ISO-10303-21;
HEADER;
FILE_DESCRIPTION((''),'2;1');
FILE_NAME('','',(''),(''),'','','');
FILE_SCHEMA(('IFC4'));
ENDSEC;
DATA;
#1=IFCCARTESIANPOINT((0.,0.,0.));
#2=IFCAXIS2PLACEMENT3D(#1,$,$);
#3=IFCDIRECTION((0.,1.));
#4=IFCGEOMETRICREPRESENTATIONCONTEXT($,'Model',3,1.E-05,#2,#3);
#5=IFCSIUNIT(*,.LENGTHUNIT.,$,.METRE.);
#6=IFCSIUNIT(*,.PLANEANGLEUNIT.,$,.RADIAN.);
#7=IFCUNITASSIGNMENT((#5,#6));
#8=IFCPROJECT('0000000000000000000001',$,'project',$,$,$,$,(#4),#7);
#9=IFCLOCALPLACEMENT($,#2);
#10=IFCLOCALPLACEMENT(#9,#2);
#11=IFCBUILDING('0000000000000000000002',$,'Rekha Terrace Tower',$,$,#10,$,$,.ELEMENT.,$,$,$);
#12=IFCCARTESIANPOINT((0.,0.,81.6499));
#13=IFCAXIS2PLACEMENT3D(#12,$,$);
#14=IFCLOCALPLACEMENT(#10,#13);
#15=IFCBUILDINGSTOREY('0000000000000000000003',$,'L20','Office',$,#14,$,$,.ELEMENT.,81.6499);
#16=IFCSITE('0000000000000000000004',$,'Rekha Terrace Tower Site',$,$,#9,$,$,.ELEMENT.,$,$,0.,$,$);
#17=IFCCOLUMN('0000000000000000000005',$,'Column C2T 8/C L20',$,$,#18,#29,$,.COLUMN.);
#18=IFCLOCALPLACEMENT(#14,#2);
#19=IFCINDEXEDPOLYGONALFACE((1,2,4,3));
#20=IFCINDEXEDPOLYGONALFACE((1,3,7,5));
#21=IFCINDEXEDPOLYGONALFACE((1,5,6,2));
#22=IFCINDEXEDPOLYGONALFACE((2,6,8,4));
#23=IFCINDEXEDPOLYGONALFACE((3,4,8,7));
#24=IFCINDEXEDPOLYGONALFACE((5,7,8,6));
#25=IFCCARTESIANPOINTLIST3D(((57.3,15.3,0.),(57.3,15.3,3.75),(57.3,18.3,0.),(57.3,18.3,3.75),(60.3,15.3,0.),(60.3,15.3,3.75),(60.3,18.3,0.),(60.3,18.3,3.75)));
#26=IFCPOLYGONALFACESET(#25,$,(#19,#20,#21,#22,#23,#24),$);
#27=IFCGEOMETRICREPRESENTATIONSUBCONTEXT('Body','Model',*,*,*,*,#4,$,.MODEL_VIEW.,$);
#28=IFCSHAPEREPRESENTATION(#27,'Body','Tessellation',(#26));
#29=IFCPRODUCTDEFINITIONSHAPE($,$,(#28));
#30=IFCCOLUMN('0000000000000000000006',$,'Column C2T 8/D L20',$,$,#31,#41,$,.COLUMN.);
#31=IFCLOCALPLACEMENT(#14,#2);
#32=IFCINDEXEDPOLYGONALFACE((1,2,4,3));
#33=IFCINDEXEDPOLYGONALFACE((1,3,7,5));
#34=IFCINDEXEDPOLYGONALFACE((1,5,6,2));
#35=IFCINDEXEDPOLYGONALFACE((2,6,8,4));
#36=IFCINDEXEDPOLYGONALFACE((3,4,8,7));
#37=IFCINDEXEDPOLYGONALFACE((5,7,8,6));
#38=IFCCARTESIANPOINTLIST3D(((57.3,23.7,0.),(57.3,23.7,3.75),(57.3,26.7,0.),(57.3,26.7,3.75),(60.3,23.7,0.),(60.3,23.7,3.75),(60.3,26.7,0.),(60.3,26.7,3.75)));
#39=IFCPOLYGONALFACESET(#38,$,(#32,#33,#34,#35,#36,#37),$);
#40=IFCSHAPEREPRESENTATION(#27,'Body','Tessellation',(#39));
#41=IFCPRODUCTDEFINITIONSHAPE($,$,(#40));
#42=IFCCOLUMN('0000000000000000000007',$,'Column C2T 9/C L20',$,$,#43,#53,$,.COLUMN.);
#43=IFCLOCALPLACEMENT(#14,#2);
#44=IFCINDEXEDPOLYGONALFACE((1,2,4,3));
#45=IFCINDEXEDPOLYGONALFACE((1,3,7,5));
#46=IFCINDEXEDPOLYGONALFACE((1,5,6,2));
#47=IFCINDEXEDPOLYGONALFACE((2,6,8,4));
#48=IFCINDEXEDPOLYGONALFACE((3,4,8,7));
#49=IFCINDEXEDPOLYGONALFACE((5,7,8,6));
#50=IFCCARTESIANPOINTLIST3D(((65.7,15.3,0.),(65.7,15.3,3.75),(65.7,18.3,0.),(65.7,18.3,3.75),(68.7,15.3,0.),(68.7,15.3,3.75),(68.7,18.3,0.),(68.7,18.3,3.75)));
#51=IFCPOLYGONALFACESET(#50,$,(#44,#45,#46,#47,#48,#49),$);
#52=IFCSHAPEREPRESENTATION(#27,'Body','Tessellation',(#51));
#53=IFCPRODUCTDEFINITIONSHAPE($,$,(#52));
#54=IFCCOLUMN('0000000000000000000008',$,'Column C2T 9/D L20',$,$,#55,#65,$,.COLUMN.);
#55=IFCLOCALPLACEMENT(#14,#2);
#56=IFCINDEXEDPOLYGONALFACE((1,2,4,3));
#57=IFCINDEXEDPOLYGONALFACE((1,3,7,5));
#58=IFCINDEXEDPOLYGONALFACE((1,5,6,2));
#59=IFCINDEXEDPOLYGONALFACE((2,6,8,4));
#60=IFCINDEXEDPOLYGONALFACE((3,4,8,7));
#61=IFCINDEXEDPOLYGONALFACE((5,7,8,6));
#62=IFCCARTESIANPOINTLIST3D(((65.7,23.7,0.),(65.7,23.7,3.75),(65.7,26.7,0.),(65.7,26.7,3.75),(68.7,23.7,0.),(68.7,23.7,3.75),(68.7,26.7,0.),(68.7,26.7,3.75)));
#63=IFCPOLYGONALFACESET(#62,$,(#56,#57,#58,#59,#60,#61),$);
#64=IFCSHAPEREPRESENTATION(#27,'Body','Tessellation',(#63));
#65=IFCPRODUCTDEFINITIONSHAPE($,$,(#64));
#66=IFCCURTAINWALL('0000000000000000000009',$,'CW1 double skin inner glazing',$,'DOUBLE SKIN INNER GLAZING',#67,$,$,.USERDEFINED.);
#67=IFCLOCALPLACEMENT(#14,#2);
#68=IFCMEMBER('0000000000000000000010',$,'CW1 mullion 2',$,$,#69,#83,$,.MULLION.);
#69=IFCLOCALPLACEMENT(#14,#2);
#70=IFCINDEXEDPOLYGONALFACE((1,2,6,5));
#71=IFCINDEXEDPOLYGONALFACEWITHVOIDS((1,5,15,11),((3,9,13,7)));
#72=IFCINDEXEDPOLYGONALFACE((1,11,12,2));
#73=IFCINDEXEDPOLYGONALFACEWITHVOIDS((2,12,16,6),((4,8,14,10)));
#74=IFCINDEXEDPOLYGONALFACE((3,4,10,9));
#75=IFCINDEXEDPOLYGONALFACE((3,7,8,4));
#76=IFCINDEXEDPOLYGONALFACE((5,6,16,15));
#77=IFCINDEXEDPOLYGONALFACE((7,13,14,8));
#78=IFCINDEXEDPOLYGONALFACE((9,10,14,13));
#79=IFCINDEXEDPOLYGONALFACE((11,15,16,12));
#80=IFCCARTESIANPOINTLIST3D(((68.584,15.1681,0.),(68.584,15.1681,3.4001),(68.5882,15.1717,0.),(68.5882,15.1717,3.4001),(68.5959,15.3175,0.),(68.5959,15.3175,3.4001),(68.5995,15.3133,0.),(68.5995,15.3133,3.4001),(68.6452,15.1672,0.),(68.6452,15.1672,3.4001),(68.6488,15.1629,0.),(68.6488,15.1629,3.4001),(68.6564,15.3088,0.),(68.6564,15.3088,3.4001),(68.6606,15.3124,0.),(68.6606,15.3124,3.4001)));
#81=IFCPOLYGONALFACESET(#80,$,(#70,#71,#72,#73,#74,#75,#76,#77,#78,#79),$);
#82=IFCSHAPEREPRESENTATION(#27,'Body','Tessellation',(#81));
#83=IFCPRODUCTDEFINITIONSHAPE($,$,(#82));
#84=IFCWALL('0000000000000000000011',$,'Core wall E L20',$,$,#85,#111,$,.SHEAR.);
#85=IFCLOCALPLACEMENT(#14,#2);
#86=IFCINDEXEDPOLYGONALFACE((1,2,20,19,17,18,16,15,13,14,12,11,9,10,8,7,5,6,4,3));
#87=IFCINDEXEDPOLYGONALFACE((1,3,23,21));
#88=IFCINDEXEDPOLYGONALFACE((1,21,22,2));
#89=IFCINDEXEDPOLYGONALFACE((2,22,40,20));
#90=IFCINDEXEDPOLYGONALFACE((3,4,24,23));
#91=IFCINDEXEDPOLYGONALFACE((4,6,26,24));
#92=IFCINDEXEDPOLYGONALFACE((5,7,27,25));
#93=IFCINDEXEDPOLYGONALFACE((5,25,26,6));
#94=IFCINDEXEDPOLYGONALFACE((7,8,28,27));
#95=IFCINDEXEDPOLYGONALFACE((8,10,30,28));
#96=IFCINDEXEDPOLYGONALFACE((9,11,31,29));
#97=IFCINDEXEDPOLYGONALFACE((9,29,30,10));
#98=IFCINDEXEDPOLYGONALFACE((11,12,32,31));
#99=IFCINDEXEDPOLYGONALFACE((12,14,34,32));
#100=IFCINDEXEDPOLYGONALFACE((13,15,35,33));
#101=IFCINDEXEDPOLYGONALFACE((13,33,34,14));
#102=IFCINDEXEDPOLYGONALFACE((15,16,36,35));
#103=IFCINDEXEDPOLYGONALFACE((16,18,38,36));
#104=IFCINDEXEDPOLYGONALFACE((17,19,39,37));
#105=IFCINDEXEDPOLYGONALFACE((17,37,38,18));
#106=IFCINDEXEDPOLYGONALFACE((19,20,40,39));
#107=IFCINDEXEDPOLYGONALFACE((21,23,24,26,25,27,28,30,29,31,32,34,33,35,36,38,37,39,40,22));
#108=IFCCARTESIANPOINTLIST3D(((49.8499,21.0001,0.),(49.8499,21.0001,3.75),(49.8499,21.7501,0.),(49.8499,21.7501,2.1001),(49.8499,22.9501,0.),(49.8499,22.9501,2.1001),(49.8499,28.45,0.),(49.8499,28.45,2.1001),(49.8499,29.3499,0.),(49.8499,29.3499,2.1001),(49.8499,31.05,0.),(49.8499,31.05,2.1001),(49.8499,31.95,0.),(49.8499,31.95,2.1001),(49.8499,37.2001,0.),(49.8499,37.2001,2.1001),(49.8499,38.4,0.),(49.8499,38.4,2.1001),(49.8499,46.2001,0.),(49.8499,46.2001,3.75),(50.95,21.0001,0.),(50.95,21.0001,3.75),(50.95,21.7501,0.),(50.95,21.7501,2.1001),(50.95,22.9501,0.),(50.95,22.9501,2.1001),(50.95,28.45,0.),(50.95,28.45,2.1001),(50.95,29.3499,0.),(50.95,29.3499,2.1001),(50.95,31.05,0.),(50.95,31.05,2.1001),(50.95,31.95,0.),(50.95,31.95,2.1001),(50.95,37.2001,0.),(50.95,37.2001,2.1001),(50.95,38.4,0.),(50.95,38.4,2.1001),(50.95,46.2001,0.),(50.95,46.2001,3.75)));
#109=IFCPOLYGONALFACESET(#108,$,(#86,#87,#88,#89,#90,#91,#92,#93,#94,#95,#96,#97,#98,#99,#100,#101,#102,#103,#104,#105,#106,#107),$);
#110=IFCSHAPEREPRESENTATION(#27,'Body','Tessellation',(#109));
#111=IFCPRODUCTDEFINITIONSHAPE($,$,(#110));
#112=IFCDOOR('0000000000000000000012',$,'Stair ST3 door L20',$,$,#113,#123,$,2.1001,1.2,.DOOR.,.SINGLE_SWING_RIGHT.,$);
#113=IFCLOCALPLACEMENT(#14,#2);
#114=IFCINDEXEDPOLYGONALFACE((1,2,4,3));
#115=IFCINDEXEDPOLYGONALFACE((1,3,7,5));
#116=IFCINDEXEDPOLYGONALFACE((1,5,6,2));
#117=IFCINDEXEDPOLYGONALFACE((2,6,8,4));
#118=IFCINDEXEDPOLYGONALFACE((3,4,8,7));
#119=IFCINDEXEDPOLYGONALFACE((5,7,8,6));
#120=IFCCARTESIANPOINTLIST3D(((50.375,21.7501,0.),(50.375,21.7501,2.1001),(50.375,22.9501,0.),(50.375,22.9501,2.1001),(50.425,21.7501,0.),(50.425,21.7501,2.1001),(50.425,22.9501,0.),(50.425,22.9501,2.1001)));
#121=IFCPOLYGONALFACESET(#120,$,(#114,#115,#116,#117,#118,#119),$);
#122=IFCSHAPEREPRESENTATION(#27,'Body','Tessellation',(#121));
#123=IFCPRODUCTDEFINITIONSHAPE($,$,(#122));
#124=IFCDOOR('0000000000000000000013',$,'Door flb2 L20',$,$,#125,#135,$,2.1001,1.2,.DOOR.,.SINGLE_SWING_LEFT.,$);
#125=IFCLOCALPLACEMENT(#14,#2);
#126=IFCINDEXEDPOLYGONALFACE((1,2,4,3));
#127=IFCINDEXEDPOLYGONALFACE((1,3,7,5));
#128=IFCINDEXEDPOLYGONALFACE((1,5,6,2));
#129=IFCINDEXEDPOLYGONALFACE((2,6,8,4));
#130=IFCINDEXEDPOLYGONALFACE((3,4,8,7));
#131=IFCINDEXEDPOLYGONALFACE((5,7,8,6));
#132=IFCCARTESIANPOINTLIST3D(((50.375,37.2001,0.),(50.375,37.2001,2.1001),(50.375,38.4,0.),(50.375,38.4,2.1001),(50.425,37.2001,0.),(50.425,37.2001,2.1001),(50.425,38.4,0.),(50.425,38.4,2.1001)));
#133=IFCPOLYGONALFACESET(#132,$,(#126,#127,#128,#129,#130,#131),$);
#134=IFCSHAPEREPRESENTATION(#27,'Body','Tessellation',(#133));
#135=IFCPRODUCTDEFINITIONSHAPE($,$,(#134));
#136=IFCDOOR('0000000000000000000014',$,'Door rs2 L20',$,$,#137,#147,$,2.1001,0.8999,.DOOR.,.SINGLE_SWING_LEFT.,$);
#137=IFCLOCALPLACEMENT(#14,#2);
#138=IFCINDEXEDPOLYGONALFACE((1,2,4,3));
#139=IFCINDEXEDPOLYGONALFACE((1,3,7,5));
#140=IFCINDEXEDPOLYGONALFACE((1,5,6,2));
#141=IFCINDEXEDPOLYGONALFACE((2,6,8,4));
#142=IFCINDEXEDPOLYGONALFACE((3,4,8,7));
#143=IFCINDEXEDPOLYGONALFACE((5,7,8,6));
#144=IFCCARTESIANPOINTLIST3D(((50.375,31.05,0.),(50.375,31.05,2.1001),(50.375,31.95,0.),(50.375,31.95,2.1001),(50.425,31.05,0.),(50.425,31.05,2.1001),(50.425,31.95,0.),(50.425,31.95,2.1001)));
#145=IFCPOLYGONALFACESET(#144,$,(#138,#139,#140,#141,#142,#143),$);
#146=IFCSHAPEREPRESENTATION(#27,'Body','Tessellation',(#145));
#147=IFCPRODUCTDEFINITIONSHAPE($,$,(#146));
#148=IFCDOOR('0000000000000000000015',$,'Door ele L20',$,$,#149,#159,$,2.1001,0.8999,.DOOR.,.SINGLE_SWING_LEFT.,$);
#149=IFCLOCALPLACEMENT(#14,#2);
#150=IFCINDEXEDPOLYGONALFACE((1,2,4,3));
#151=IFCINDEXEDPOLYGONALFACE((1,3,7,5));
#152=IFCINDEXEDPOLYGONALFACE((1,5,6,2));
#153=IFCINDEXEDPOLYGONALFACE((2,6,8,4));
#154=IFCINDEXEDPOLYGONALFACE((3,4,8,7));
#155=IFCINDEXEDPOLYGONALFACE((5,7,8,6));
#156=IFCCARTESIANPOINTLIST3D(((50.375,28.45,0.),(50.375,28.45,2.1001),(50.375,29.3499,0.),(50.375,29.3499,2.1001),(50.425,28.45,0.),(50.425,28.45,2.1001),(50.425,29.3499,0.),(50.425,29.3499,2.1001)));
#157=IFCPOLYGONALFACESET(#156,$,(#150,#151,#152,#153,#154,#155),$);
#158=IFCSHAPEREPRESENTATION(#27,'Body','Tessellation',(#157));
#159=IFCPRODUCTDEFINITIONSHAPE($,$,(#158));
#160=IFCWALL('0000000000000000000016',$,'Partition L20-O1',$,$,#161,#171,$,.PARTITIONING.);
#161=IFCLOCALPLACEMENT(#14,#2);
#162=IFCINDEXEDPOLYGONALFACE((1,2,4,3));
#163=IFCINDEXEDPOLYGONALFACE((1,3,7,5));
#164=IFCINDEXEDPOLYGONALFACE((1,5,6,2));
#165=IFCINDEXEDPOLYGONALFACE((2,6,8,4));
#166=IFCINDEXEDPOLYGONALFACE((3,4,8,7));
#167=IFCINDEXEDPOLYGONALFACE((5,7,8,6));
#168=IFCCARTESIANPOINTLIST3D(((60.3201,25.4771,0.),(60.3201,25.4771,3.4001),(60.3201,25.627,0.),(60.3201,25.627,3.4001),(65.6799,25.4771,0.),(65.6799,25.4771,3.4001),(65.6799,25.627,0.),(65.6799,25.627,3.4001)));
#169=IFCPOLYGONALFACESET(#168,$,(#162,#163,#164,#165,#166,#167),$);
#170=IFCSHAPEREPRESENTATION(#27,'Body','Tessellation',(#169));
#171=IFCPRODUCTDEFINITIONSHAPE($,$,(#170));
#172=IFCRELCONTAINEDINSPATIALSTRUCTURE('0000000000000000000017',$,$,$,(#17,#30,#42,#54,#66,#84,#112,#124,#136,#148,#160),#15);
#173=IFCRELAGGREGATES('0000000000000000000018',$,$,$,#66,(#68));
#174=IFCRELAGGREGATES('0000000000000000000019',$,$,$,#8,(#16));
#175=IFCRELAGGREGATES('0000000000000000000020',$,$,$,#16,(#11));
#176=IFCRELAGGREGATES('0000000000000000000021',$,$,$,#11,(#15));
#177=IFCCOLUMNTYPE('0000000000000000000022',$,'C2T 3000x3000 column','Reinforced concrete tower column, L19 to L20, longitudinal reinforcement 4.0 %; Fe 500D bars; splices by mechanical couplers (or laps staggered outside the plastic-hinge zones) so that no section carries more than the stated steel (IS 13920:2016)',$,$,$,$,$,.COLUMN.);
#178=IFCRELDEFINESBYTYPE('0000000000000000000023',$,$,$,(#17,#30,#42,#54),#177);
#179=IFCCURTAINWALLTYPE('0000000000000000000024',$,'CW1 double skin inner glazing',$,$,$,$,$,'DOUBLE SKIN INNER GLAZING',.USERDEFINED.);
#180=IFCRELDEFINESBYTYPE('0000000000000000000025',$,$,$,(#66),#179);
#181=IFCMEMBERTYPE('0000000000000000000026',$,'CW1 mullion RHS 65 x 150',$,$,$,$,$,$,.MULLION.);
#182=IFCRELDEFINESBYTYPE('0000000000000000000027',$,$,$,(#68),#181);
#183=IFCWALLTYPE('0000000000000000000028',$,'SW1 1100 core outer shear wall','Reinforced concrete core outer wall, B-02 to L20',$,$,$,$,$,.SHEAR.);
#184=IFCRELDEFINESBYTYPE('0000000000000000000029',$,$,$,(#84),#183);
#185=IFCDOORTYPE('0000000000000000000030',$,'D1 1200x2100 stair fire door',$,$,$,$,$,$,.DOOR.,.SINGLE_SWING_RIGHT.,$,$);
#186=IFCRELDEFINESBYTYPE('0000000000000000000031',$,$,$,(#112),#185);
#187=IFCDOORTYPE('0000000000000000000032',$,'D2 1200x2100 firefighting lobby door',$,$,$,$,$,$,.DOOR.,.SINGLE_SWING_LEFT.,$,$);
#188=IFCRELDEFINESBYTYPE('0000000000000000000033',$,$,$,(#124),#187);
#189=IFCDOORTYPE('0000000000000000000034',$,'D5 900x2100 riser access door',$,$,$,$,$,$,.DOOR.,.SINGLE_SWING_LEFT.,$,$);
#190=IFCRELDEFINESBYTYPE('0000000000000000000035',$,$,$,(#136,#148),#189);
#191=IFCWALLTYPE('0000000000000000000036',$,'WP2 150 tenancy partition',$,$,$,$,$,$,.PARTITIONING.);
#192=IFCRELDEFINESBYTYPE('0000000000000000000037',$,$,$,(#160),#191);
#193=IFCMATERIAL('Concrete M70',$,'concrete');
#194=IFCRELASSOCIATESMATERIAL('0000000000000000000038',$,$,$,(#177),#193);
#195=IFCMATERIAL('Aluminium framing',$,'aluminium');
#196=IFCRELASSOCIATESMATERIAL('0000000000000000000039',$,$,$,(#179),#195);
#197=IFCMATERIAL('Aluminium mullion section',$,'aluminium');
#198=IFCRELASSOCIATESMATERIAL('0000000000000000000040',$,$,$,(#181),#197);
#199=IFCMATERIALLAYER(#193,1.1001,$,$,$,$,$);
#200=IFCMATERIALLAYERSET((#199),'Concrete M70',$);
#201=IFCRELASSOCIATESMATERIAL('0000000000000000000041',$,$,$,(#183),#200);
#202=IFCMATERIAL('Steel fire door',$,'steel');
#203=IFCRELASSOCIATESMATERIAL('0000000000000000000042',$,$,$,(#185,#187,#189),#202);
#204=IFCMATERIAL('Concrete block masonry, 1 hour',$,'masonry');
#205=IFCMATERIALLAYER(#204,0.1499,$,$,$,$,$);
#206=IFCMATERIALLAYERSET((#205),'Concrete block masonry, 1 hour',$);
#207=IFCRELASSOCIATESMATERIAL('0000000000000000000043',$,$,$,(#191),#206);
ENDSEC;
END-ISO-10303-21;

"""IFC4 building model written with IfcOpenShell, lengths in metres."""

from ifc_helpers import new_model, si_unit, direction, frame, frame_2d, origin, origin_2d, place, context, subcontext, project, spatial, rectangle, hollow_rectangle, extrude, material, layer, layer_set, material_profile, profile_set, type_object, element, fill, aggregate, save


model = new_model("IFC4")

# Units and contexts
model_context = context("Model", 3, precision=1e-05, world=origin(), true_north=direction((0.0, 1.0)))
body_context = subcontext(model_context, "Body", "Model", "MODEL_VIEW")
ifc_project = project(units=[si_unit("LENGTHUNIT", "METRE"), si_unit("PLANEANGLEUNIT", "RADIAN")], contexts=[model_context])

# Site, building, storey
site_placement = place(None, origin())
site = spatial("IfcSite", under=ifc_project, at=site_placement, Name="Rekha Terrace Tower Site", CompositionType="ELEMENT", RefElevation=0.0)
building_placement = place(site_placement, origin())
building = spatial("IfcBuilding", under=site, at=building_placement, Name="Rekha Terrace Tower", CompositionType="ELEMENT")
storey_placement = place(building_placement, frame((0.0, 0.0, 81.6499)))
storey = spatial("IfcBuildingStorey", under=building, at=storey_placement, Name="L20", Description="Office", CompositionType="ELEMENT", Elevation=81.6499)

# Columns
ifc_material_1 = material(Name="Concrete M70", Category="concrete")
ifc_material_profile_1 = material_profile(ifc_material_1, rectangle(XDim=3.0, YDim=3.0, at=origin_2d()), Name="RC 3000x3000")
ifc_profile_set_1 = profile_set([ifc_material_profile_1], Name="Concrete M70")
column_type = type_object("IfcColumnType", Name="C2T 3000x3000 column", Description="Reinforced concrete tower column, L19 to L20, longitudinal reinforcement 4.0 %; Fe 500D bars; splices by mechanical couplers (or laps staggered outside the plastic-hinge zones) so that no section carries more than the stated steel (IS 13920:2016)", PredefinedType="COLUMN", material=ifc_profile_set_1)
for number, where, z_axis, x_axis, name in (
    (1, (58.8, 16.8, 0.0), (0.0, 0.0, 1.0), (1.0, 0.0, 0.0), "Column C2T 8/C L20"),
    (2, (58.8, 25.2, 0.0), (0.0, 0.0, 1.0), (1.0, 0.0, 0.0), "Column C2T 8/D L20"),
    (3, (67.2, 16.8, 0.0), (0.0, 0.0, 1.0), (1.0, 0.0, 0.0), "Column C2T 9/C L20"),
    (4, (67.2, 25.2, 0.0), (0.0, 0.0, 1.0), (1.0, 0.0, 0.0), "Column C2T 9/D L20"),
):
    element("IfcColumn", number, at=place(storey_placement, frame(where, z_axis=z_axis, x_axis=x_axis)), inside=storey, type_object=column_type, Name=name, PredefinedType="COLUMN", context=body_context, shape_type="SweptSolid", body=[
        extrude(rectangle(XDim=3.0, YDim=3.0, at=origin_2d()), origin(), (0.0, 0.0, 1.0), 3.75),
    ])

# Curtain wall, member
ifc_material_2 = material(Name="Aluminium framing", Category="aluminium")
curtain_wall_type = type_object("IfcCurtainWallType", Name="CW1 double skin inner glazing", ElementType="DOUBLE SKIN INNER GLAZING", PredefinedType="USERDEFINED", material=ifc_material_2)
curtain_wall_placement = place(storey_placement, origin())
curtain_wall = element("IfcCurtainWall", 5, at=curtain_wall_placement, inside=storey, type_object=curtain_wall_type, Name="CW1 double skin inner glazing", ObjectType="DOUBLE SKIN INNER GLAZING", PredefinedType="USERDEFINED")
ifc_material_3 = material(Name="Aluminium mullion section", Category="aluminium")
ifc_material_profile_2 = material_profile(ifc_material_3, hollow_rectangle(XDim=0.0649, YDim=0.1499, WallThickness=0.0039, at=origin_2d()), Name="AL RHS 65x150")
ifc_profile_set_2 = profile_set([ifc_material_profile_2], Name="Aluminium mullion section")
member_type = type_object("IfcMemberType", Name="CW1 mullion RHS 65 x 150", PredefinedType="MULLION", material=ifc_profile_set_2)
member_placement = place(storey_placement, frame((68.6223, 15.2402, 0.0), z_axis=(0.0, 0.0, 1.0), x_axis=(-0.996865, 0.079116, 0.0)))
member = element("IfcMember", 6, at=member_placement, type_object=member_type, Name="CW1 mullion 2", PredefinedType="MULLION", context=body_context, shape_type="SweptSolid", body=[
    extrude(hollow_rectangle(XDim=0.0649, YDim=0.1499, WallThickness=0.0039, at=origin_2d()), origin(), (0.0, 0.0, 1.0), 3.4001),
])
aggregate(curtain_wall, [member])

# Wall, openings, doors
ifc_layer_1 = layer(ifc_material_1, 1.1001)
ifc_layer_set_1 = layer_set([ifc_layer_1], Name="Concrete M70")
wall_type_1 = type_object("IfcWallType", Name="SW1 1100 core outer shear wall", Description="Reinforced concrete core outer wall, B-02 to L20", PredefinedType="SHEAR", material=ifc_layer_set_1)
wall_1_placement = place(storey_placement, frame((50.3999, 21.0, 0.0), z_axis=(0.0, 0.0, 1.0), x_axis=(0.0, 1.0, 0.0)))
wall_1 = element("IfcWall", 7, at=wall_1_placement, inside=storey, type_object=wall_type_1, Name="Core wall E L20", PredefinedType="SHEAR", context=body_context, shape_type="SweptSolid", body=[
    extrude(rectangle(XDim=25.2, YDim=1.1001, at=frame_2d((12.6001, 0.0))), origin(), (0.0, 0.0, 1.0), 3.75),
])
opening_1_placement = place(wall_1_placement, frame((16.2, 0.0, 0.0)))
opening_1 = element("IfcOpeningElement", 8, at=opening_1_placement, cuts=wall_1, PredefinedType="OPENING", context=body_context, shape_type="SweptSolid", body=[
    extrude(rectangle(XDim=1.2, YDim=2.1001, at=frame_2d((0.6001, 1.05))), frame((0.0, 0.5601, 0.0), z_axis=(0.0, -1.0, 0.0), x_axis=(1.0, 0.0, 0.0)), (0.0, 0.0, 1.0), 1.1201),
])
opening_2_placement = place(wall_1_placement, frame((10.05, 0.0, 0.0)))
opening_2 = element("IfcOpeningElement", 9, at=opening_2_placement, cuts=wall_1, PredefinedType="OPENING", context=body_context, shape_type="SweptSolid", body=[
    extrude(rectangle(XDim=0.8999, YDim=2.1001, at=frame_2d((0.45, 1.05))), frame((0.0, 0.5601, 0.0), z_axis=(0.0, -1.0, 0.0), x_axis=(1.0, 0.0, 0.0)), (0.0, 0.0, 1.0), 1.1201),
])
opening_3_placement = place(wall_1_placement, frame((7.45, 0.0, 0.0)))
opening_3 = element("IfcOpeningElement", 10, at=opening_3_placement, cuts=wall_1, PredefinedType="OPENING", context=body_context, shape_type="SweptSolid", body=[
    extrude(rectangle(XDim=0.8999, YDim=2.1001, at=frame_2d((0.45, 1.05))), frame((0.0, 0.5601, 0.0), z_axis=(0.0, -1.0, 0.0), x_axis=(1.0, 0.0, 0.0)), (0.0, 0.0, 1.0), 1.1201),
])
opening_4_placement = place(wall_1_placement, frame((0.75, 0.0, 0.0)))
opening_4 = element("IfcOpeningElement", 11, at=opening_4_placement, cuts=wall_1, PredefinedType="OPENING", context=body_context, shape_type="SweptSolid", body=[
    extrude(rectangle(XDim=1.2, YDim=2.1001, at=frame_2d((0.6001, 1.05))), frame((0.0, 0.5601, 0.0), z_axis=(0.0, -1.0, 0.0), x_axis=(1.0, 0.0, 0.0)), (0.0, 0.0, 1.0), 1.1201),
])
ifc_material_4 = material(Name="Steel fire door", Category="steel")
door_type_1 = type_object("IfcDoorType", Name="D1 1200x2100 stair fire door", OperationType="SINGLE_SWING_RIGHT", PredefinedType="DOOR", material=ifc_material_4)
door_1_placement = place(opening_4_placement, origin())
door_1 = element("IfcDoor", 12, at=door_1_placement, inside=storey, type_object=door_type_1, Name="Stair ST3 door L20", OperationType="SINGLE_SWING_RIGHT", OverallHeight=2.1001, OverallWidth=1.2, PredefinedType="DOOR", context=body_context, shape_type="SweptSolid", body=[
    extrude(rectangle(XDim=1.2, YDim=2.1001, at=frame_2d((0.6001, 1.05))), frame((0.0, 0.0249, 0.0), z_axis=(0.0, -1.0, 0.0), x_axis=(1.0, 0.0, 0.0)), (0.0, 0.0, 1.0), 0.05),
])
fill(opening_4, door_1)
door_type_2 = type_object("IfcDoorType", Name="D2 1200x2100 firefighting lobby door", OperationType="SINGLE_SWING_LEFT", PredefinedType="DOOR", material=ifc_material_4)
door_2_placement = place(opening_1_placement, origin())
door_2 = element("IfcDoor", 13, at=door_2_placement, inside=storey, type_object=door_type_2, Name="Door flb2 L20", OperationType="SINGLE_SWING_LEFT", OverallHeight=2.1001, OverallWidth=1.2, PredefinedType="DOOR", context=body_context, shape_type="SweptSolid", body=[
    extrude(rectangle(XDim=1.2, YDim=2.1001, at=frame_2d((0.6001, 1.05))), frame((0.0, 0.0249, 0.0), z_axis=(0.0, -1.0, 0.0), x_axis=(1.0, 0.0, 0.0)), (0.0, 0.0, 1.0), 0.05),
])
fill(opening_1, door_2)
door_type_3 = type_object("IfcDoorType", Name="D5 900x2100 riser access door", OperationType="SINGLE_SWING_LEFT", PredefinedType="DOOR", material=ifc_material_4)
door_3_placement = place(opening_2_placement, origin())
door_3 = element("IfcDoor", 14, at=door_3_placement, inside=storey, type_object=door_type_3, Name="Door rs2 L20", OperationType="SINGLE_SWING_LEFT", OverallHeight=2.1001, OverallWidth=0.8999, PredefinedType="DOOR", context=body_context, shape_type="SweptSolid", body=[
    extrude(rectangle(XDim=0.8999, YDim=2.1001, at=frame_2d((0.45, 1.05))), frame((0.0, 0.0249, 0.0), z_axis=(0.0, -1.0, 0.0), x_axis=(1.0, 0.0, 0.0)), (0.0, 0.0, 1.0), 0.05),
])
fill(opening_2, door_3)
door_4_placement = place(opening_3_placement, origin())
door_4 = element("IfcDoor", 15, at=door_4_placement, inside=storey, type_object=door_type_3, Name="Door ele L20", OperationType="SINGLE_SWING_LEFT", OverallHeight=2.1001, OverallWidth=0.8999, PredefinedType="DOOR", context=body_context, shape_type="SweptSolid", body=[
    extrude(rectangle(XDim=0.8999, YDim=2.1001, at=frame_2d((0.45, 1.05))), frame((0.0, 0.0249, 0.0), z_axis=(0.0, -1.0, 0.0), x_axis=(1.0, 0.0, 0.0)), (0.0, 0.0, 1.0), 0.05),
])
fill(opening_3, door_4)

# Wall
ifc_material_5 = material(Name="Concrete block masonry, 1 hour", Category="masonry")
ifc_layer_2 = layer(ifc_material_5, 0.1499)
ifc_layer_set_2 = layer_set([ifc_layer_2], Name="Concrete block masonry, 1 hour")
wall_type_2 = type_object("IfcWallType", Name="WP2 150 tenancy partition", PredefinedType="PARTITIONING", material=ifc_layer_set_2)
wall_2_placement = place(storey_placement, frame((65.6799, 25.552, 0.0), z_axis=(0.0, 0.0, 1.0), x_axis=(-1.0, 0.0, 0.0)))
element("IfcWall", 16, at=wall_2_placement, inside=storey, type_object=wall_type_2, Name="Partition L20-O1", PredefinedType="PARTITIONING", context=body_context, shape_type="SweptSolid", body=[
    extrude(rectangle(XDim=5.3599, YDim=0.1499, at=frame_2d((2.6799, 0.0))), origin(), (0.0, 0.0, 1.0), 3.4001),
])

save(model, "model.ifc")
